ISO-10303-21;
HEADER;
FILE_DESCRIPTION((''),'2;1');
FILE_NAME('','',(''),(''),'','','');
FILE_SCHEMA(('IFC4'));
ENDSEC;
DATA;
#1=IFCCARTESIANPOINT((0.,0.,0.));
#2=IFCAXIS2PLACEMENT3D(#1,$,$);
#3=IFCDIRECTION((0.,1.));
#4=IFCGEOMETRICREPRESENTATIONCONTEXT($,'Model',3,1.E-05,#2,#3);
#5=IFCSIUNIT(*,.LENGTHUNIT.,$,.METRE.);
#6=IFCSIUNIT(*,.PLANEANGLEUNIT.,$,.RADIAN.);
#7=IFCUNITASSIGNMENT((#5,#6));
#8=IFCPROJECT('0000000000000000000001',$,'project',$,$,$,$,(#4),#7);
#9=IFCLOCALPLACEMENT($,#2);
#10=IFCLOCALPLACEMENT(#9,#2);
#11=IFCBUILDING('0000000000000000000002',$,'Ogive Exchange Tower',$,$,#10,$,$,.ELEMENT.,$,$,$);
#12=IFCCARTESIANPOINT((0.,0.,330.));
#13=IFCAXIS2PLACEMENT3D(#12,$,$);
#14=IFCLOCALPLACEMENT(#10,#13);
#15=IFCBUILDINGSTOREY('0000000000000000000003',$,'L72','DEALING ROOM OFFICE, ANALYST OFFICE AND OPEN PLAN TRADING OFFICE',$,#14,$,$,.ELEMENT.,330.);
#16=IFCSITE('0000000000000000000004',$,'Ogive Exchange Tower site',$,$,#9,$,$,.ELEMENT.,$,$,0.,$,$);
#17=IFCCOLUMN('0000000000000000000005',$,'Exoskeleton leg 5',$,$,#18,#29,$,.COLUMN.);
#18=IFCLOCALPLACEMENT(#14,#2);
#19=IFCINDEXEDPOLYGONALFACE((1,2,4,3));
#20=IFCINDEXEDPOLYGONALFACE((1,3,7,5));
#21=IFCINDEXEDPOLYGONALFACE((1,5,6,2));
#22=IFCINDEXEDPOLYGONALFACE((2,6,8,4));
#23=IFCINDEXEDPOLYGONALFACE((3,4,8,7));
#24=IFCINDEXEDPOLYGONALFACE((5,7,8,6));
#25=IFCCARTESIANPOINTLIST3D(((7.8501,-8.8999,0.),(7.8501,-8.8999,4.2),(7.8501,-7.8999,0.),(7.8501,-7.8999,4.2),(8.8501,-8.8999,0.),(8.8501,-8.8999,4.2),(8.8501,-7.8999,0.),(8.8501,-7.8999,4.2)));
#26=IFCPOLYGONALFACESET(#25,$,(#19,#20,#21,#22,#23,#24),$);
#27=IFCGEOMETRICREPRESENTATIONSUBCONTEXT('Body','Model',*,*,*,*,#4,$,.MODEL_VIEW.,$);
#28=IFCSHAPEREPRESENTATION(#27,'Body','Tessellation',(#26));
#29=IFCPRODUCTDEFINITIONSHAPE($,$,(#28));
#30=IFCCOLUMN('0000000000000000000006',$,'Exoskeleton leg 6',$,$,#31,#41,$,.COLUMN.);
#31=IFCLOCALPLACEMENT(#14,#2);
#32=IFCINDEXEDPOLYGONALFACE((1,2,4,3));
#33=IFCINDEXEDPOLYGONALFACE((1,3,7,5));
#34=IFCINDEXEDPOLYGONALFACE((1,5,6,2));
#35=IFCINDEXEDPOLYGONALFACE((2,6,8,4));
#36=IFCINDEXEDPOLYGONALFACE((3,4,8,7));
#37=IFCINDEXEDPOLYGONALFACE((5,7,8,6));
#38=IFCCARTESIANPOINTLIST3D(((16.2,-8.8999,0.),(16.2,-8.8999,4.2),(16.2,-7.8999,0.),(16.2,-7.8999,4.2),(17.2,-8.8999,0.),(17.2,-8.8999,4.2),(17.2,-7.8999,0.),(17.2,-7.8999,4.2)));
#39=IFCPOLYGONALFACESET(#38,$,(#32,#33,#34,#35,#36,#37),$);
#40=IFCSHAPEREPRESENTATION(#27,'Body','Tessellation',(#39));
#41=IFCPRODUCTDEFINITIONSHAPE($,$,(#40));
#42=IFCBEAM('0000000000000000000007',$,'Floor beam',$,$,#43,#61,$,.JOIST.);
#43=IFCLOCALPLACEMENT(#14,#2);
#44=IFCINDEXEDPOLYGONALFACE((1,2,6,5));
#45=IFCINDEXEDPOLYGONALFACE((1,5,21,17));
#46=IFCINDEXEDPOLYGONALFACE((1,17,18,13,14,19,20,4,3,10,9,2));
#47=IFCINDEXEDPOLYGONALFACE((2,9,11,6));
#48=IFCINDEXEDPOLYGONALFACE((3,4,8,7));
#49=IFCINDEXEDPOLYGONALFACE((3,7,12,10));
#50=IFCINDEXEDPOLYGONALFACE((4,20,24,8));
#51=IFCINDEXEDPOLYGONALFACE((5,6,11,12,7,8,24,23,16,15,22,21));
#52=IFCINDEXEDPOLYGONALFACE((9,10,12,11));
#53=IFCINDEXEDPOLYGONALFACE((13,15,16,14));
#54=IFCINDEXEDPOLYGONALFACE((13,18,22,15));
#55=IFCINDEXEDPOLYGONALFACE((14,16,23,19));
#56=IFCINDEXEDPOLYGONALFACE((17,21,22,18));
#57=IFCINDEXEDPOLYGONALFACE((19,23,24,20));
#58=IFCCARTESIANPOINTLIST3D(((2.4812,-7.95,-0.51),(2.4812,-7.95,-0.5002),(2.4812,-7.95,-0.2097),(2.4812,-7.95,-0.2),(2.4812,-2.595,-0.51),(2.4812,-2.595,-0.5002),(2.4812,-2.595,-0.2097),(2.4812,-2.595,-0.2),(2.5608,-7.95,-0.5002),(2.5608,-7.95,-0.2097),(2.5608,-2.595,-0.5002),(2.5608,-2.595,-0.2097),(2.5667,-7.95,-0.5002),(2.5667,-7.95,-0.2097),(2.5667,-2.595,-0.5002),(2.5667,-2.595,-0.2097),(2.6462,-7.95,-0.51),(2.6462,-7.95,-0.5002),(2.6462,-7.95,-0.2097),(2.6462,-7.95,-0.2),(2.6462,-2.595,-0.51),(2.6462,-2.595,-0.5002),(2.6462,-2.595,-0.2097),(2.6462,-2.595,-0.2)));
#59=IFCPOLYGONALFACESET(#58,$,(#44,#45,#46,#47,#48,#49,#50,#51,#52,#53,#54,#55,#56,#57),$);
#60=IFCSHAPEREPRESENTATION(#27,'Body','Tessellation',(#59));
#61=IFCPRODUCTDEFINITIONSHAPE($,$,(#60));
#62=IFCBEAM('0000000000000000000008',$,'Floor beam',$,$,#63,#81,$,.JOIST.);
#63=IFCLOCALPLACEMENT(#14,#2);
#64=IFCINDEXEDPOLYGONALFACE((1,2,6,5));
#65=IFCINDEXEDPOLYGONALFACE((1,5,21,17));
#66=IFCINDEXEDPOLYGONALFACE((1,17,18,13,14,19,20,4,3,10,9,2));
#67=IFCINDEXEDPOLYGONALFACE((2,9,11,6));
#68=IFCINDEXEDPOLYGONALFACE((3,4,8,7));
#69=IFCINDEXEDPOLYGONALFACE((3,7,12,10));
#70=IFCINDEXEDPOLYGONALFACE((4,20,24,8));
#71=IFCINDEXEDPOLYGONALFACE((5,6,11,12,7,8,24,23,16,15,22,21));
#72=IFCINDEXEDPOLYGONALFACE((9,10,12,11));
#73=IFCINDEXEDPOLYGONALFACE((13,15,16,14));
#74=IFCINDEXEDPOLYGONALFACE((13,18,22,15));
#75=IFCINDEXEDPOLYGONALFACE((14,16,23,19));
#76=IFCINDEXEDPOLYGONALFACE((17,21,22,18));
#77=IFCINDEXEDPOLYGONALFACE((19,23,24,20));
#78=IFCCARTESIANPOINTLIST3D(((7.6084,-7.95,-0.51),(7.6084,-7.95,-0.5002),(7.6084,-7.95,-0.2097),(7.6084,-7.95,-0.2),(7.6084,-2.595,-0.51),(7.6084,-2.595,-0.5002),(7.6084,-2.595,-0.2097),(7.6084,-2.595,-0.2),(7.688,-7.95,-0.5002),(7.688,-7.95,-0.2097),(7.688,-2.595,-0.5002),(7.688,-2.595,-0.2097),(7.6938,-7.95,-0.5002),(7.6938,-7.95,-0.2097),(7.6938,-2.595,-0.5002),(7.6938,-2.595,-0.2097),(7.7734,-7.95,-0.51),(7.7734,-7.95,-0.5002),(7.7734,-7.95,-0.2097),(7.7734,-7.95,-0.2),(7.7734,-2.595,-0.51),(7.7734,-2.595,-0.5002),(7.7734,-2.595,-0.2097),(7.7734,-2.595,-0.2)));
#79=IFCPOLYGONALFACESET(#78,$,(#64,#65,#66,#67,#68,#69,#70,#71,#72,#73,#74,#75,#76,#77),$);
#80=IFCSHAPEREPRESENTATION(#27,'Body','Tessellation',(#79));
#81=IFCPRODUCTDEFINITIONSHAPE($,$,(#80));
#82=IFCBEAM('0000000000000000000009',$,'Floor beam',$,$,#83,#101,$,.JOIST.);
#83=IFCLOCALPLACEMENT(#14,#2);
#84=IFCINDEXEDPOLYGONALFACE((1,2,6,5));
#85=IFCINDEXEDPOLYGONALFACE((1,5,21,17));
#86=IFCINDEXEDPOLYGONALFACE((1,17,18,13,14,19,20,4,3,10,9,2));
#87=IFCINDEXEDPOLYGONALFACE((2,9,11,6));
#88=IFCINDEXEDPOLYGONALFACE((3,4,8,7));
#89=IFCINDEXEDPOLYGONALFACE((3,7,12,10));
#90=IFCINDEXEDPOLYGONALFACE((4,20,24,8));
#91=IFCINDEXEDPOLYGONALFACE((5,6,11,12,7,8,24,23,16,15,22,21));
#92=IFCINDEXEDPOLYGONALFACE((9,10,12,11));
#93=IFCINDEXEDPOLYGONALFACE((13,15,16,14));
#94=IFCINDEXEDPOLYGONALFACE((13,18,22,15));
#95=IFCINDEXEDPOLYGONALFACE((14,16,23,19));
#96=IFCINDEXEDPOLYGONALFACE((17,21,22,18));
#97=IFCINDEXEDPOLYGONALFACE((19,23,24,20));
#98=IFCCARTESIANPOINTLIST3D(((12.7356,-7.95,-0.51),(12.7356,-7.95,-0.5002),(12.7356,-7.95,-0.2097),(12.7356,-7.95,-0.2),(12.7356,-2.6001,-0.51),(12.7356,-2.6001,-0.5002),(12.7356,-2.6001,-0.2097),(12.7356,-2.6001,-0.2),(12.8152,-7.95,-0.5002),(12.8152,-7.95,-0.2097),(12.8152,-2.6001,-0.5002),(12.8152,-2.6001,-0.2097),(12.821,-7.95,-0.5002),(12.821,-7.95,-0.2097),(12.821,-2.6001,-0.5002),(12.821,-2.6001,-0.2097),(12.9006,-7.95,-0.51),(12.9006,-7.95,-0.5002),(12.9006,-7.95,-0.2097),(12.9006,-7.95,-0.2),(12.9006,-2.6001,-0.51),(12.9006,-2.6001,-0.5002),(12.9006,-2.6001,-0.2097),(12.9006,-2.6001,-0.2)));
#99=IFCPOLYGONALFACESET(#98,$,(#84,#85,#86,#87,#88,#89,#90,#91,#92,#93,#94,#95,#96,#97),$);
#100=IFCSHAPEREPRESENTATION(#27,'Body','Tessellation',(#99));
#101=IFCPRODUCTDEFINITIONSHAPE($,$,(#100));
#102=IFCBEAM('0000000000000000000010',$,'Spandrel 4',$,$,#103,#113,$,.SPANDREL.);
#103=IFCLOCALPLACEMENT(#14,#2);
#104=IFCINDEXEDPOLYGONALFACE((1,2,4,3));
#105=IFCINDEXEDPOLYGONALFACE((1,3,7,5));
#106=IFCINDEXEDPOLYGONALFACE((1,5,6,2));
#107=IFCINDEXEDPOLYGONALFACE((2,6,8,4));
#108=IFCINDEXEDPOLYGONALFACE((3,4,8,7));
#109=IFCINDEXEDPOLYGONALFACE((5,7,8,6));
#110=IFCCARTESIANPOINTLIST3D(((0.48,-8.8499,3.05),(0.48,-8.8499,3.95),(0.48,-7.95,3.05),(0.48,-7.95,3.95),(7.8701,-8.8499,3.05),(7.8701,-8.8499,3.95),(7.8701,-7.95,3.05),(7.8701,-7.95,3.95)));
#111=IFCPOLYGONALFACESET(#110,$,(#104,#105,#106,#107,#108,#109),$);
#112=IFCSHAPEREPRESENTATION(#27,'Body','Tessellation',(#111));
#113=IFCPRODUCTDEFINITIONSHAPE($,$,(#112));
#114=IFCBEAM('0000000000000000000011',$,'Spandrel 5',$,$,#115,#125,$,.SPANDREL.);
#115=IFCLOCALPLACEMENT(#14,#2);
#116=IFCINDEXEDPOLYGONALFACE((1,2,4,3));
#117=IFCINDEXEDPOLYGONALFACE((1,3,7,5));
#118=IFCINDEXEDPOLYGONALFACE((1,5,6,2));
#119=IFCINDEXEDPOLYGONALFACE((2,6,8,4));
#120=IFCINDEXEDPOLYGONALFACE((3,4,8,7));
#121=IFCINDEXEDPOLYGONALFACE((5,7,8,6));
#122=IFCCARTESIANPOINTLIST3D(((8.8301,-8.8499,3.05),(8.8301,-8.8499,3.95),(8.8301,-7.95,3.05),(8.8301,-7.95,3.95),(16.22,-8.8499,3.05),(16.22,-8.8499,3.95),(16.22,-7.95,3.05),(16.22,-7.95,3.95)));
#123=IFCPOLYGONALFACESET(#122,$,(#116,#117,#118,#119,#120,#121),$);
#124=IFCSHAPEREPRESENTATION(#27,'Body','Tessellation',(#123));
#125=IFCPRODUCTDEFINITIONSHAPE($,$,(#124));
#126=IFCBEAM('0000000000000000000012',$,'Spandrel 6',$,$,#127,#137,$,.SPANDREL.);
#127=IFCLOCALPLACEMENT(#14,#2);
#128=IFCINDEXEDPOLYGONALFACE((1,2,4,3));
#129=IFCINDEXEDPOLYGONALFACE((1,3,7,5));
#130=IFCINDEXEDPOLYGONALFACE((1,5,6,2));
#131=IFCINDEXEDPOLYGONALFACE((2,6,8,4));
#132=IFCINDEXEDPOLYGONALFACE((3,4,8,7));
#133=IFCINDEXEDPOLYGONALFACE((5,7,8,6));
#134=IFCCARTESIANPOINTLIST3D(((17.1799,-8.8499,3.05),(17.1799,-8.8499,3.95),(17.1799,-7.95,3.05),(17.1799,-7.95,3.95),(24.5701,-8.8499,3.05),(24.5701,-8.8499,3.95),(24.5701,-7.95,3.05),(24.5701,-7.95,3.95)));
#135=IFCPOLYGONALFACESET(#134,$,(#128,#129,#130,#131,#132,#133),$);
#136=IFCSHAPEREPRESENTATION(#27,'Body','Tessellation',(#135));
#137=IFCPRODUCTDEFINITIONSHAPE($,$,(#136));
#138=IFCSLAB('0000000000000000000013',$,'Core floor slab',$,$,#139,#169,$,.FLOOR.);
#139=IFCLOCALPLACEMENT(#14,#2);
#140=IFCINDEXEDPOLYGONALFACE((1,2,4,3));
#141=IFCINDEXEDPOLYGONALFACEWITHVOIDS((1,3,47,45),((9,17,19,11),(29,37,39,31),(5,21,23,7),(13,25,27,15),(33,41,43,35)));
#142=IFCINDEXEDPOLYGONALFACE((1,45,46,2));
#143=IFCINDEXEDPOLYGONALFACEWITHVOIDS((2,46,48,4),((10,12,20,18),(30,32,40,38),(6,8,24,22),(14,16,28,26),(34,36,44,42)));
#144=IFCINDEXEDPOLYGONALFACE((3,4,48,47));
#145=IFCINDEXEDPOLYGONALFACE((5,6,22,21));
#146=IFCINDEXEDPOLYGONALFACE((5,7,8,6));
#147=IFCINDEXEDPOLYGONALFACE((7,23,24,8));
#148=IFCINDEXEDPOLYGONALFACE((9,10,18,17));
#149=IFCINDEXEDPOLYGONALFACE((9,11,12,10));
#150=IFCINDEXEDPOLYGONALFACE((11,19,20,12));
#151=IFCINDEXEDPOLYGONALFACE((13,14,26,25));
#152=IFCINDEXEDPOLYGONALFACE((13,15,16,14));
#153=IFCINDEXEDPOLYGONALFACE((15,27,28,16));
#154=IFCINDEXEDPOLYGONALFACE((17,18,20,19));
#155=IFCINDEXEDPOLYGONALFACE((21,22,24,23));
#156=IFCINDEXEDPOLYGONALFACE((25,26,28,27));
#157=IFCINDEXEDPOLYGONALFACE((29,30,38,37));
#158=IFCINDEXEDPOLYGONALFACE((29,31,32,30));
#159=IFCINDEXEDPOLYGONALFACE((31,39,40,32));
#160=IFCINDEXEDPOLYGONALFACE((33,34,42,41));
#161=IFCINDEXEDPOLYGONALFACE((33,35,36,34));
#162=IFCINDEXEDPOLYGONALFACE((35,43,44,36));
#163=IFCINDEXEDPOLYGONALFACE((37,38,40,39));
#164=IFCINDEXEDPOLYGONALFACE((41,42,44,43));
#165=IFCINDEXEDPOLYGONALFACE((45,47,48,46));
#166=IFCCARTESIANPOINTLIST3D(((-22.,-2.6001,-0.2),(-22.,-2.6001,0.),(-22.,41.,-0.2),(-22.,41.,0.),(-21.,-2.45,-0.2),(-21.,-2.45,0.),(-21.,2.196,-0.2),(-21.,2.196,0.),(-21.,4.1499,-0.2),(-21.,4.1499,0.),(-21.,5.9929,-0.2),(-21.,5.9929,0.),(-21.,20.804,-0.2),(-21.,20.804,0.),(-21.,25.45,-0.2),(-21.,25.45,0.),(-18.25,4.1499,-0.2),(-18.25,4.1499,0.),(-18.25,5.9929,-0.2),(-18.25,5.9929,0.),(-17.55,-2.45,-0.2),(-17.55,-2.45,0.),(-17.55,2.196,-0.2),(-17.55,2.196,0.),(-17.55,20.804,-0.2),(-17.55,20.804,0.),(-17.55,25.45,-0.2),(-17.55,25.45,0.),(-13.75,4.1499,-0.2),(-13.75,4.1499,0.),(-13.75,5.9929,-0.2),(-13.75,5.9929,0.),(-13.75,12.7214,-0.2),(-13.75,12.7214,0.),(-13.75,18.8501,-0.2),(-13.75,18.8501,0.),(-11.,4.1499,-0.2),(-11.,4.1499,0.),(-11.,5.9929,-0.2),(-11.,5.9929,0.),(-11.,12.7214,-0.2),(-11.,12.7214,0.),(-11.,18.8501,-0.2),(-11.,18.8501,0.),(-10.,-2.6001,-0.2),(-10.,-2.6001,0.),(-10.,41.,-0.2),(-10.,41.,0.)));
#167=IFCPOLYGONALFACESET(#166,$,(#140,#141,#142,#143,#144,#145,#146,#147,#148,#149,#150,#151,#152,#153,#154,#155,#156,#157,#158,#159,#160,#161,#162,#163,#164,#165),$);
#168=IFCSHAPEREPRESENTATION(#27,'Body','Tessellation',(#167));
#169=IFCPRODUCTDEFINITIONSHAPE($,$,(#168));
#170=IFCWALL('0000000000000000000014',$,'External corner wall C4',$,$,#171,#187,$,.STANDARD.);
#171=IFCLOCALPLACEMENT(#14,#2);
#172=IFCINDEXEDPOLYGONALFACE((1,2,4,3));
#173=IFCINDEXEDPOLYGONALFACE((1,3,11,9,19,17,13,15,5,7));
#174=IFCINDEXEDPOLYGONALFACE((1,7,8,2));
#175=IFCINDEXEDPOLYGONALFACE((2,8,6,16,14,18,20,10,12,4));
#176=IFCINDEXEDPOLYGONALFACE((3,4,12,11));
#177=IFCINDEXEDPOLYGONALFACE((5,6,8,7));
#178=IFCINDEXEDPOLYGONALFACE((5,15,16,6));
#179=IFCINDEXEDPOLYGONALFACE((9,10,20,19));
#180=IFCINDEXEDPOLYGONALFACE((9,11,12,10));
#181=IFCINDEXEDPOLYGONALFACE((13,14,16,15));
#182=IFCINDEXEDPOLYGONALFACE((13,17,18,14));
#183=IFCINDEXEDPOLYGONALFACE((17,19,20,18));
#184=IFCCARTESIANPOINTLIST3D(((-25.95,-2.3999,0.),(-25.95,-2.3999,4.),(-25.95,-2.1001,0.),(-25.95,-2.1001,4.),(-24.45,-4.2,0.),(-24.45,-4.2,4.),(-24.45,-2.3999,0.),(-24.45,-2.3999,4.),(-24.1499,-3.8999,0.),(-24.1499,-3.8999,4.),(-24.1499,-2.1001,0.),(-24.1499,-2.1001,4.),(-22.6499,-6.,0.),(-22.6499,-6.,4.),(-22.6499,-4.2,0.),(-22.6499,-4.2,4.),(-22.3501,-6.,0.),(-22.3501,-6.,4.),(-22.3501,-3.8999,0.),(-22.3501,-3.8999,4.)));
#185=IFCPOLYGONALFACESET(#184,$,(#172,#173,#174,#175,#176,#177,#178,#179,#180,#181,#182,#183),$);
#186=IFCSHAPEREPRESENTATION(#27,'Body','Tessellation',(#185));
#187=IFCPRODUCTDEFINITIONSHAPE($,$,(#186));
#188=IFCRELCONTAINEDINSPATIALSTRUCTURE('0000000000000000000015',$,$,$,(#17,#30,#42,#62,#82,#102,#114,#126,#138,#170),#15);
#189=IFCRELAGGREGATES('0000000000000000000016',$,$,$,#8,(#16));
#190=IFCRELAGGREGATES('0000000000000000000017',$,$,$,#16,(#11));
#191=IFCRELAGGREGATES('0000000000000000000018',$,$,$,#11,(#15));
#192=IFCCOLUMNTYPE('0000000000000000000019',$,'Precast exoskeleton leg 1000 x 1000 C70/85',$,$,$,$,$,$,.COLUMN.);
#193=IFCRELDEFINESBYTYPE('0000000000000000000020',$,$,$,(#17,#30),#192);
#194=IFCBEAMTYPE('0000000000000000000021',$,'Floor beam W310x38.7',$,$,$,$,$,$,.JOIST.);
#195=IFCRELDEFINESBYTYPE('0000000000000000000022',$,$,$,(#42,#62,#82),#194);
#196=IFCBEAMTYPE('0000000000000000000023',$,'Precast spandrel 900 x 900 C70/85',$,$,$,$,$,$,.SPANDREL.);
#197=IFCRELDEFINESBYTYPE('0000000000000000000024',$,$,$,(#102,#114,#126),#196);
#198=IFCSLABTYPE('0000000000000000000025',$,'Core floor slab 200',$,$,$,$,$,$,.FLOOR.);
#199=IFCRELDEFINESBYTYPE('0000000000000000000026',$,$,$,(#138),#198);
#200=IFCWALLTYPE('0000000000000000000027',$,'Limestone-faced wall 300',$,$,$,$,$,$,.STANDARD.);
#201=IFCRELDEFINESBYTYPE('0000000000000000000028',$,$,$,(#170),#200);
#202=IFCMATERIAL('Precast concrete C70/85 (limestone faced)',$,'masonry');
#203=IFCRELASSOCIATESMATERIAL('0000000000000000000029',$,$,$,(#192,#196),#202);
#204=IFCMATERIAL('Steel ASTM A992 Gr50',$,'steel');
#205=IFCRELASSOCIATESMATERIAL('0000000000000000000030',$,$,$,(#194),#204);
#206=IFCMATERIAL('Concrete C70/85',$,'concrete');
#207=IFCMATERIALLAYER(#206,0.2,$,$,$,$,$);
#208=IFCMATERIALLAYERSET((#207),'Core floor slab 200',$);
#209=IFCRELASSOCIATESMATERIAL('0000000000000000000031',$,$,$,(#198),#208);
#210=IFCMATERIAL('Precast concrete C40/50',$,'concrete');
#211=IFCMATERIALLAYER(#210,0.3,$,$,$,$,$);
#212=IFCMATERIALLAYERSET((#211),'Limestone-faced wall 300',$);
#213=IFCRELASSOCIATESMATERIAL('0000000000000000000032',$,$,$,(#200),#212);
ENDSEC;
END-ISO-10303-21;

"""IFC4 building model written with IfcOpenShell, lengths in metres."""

from ifc_helpers import new_model, si_unit, direction, frame, origin, origin_2d, place, context, subcontext, project, spatial, polyline, rectangle, i_section, outline, extrude, material, layer, layer_set, material_profile, profile_set, type_object, element, save


model = new_model("IFC4")

# Units and contexts
model_context = context("Model", 3, precision=1e-05, world=origin(), true_north=direction((0.0, 1.0)))
body_context = subcontext(model_context, "Body", "Model", "MODEL_VIEW")
ifc_project = project(units=[si_unit("LENGTHUNIT", "METRE"), si_unit("PLANEANGLEUNIT", "RADIAN")], contexts=[model_context])

# Site, building, storey
site_placement = place(None, origin())
site = spatial("IfcSite", under=ifc_project, at=site_placement, Name="Ogive Exchange Tower site", CompositionType="ELEMENT", RefElevation=0.0)
building_placement = place(site_placement, origin())
building = spatial("IfcBuilding", under=site, at=building_placement, Name="Ogive Exchange Tower", CompositionType="ELEMENT")
storey_placement = place(building_placement, frame((0.0, 0.0, 330.0)))
storey = spatial("IfcBuildingStorey", under=building, at=storey_placement, Name="L72", Description="DEALING ROOM OFFICE, ANALYST OFFICE AND OPEN PLAN TRADING OFFICE", CompositionType="ELEMENT", Elevation=330.0)

# Columns
ifc_material_1 = material(Name="Precast concrete C70/85 (limestone faced)", Category="masonry")
ifc_material_profile_1 = material_profile(ifc_material_1, rectangle(XDim=1.0, YDim=1.0, at=origin_2d()), Name="1000 x 1000")
ifc_profile_set_1 = profile_set([ifc_material_profile_1], Name="Precast concrete C70/85 (limestone faced)")
column_type = type_object("IfcColumnType", Name="Precast exoskeleton leg 1000 x 1000 C70/85", PredefinedType="COLUMN", material=ifc_profile_set_1)
for number, where, z_axis, x_axis, name in (
    (1, (8.3501, -8.3999, 0.0), (0.0, 0.0, 1.0), (1.0, 0.0, 0.0), "Exoskeleton leg 5"),
    (2, (16.7, -8.3999, 0.0), (0.0, 0.0, 1.0), (1.0, 0.0, 0.0), "Exoskeleton leg 6"),
):
    element("IfcColumn", number, at=place(storey_placement, frame(where, z_axis=z_axis, x_axis=x_axis)), inside=storey, type_object=column_type, Name=name, PredefinedType="COLUMN", context=body_context, shape_type="SweptSolid", body=[
        extrude(rectangle(XDim=1.0, YDim=1.0, at=origin_2d()), origin(), (0.0, 0.0, 1.0), 4.2),
    ])

# Beams
ifc_material_2 = material(Name="Steel ASTM A992 Gr50", Category="steel")
ifc_material_profile_2 = material_profile(ifc_material_2, i_section(OverallWidth=0.165, OverallDepth=0.3101, WebThickness=0.0059, FlangeThickness=0.0098, at=origin_2d()), Name="W310x38.7")
ifc_profile_set_2 = profile_set([ifc_material_profile_2], Name="Steel ASTM A992 Gr50")
beam_type_1 = type_object("IfcBeamType", Name="Floor beam W310x38.7", PredefinedType="JOIST", material=ifc_profile_set_2)
for number, where, z_axis, x_axis, name in (
    (3, (2.5637, -7.95, -0.355), (0.0, 1.0, 0.0), (-1.0, 0.0, 0.0), "Floor beam"),
    (4, (7.6909, -7.95, -0.355), (0.0, 1.0, 0.0), (-1.0, 0.0, 0.0), "Floor beam"),
):
    element("IfcBeam", number, at=place(storey_placement, frame(where, z_axis=z_axis, x_axis=x_axis)), inside=storey, type_object=beam_type_1, Name=name, PredefinedType="JOIST", context=body_context, shape_type="SweptSolid", body=[
        extrude(i_section(OverallWidth=0.165, OverallDepth=0.3101, WebThickness=0.0059, FlangeThickness=0.0098, at=origin_2d()), origin(), (0.0, 0.0, 1.0), 5.355),
    ])
beam_1_placement = place(storey_placement, frame((12.8181, -7.95, -0.355), z_axis=(0.0, 1.0, 0.0), x_axis=(-1.0, 0.0, 0.0)))
element("IfcBeam", 5, at=beam_1_placement, inside=storey, type_object=beam_type_1, Name="Floor beam", PredefinedType="JOIST", context=body_context, shape_type="SweptSolid", body=[
    extrude(i_section(OverallWidth=0.165, OverallDepth=0.3101, WebThickness=0.0059, FlangeThickness=0.0098, at=origin_2d()), origin(), (0.0, 0.0, 1.0), 5.3499),
])
ifc_material_profile_3 = material_profile(ifc_material_1, rectangle(XDim=0.8999, YDim=0.8999, at=origin_2d()), Name="900 x 900")
ifc_profile_set_3 = profile_set([ifc_material_profile_3], Name="Precast concrete C70/85 (limestone faced)")
beam_type_2 = type_object("IfcBeamType", Name="Precast spandrel 900 x 900 C70/85", PredefinedType="SPANDREL", material=ifc_profile_set_3)
beam_2_placement = place(storey_placement, frame((0.48, -8.3999, 3.5), z_axis=(1.0, 0.0, 0.0), x_axis=(0.0, 1.0, 0.0)))
element("IfcBeam", 6, at=beam_2_placement, inside=storey, type_object=beam_type_2, Name="Spandrel 4", PredefinedType="SPANDREL", context=body_context, shape_type="SweptSolid", body=[
    extrude(rectangle(XDim=0.8999, YDim=0.8999, at=origin_2d()), origin(), (0.0, 0.0, 1.0), 7.3901),
])
beam_3_placement = place(storey_placement, frame((8.8301, -8.3999, 3.5), z_axis=(1.0, 0.0, 0.0), x_axis=(0.0, 1.0, 0.0)))
element("IfcBeam", 7, at=beam_3_placement, inside=storey, type_object=beam_type_2, Name="Spandrel 5", PredefinedType="SPANDREL", context=body_context, shape_type="SweptSolid", body=[
    extrude(rectangle(XDim=0.8999, YDim=0.8999, at=origin_2d()), origin(), (0.0, 0.0, 1.0), 7.3899),
])
beam_4_placement = place(storey_placement, frame((17.1799, -8.3999, 3.5), z_axis=(1.0, 0.0, 0.0), x_axis=(0.0, 1.0, 0.0)))
element("IfcBeam", 8, at=beam_4_placement, inside=storey, type_object=beam_type_2, Name="Spandrel 6", PredefinedType="SPANDREL", context=body_context, shape_type="SweptSolid", body=[
    extrude(rectangle(XDim=0.8999, YDim=0.8999, at=origin_2d()), origin(), (0.0, 0.0, 1.0), 7.3901),
])

# Slab
ifc_material_3 = material(Name="Concrete C70/85", Category="concrete")
ifc_layer_1 = layer(ifc_material_3, 0.2)
ifc_layer_set_1 = layer_set([ifc_layer_1], Name="Core floor slab 200")
slab_type = type_object("IfcSlabType", Name="Core floor slab 200", PredefinedType="FLOOR", material=ifc_layer_set_1)
slab_placement = place(storey_placement, frame((0.0, 0.0, -0.2)))
element("IfcSlab", 9, at=slab_placement, inside=storey, type_object=slab_type, Name="Core floor slab", PredefinedType="FLOOR", context=body_context, shape_type="SweptSolid", body=[
    extrude(outline(polyline([(-22.0, -2.6001), (-22.0, 41.0), (-10.0, 41.0), (-10.0, -2.6001), (-22.0, -2.6001)]), holes=[polyline([(-17.55, 2.196), (-21.0, 2.196), (-21.0, -2.45), (-17.55, -2.45), (-17.55, 2.196)]), polyline([(-21.0, 5.9929), (-21.0, 4.1499), (-18.25, 4.1499), (-18.25, 5.9929), (-21.0, 5.9929)]), polyline([(-13.75, 5.9929), (-13.75, 4.1499), (-11.0, 4.1499), (-11.0, 5.9929), (-13.75, 5.9929)]), polyline([(-11.0, 18.8501), (-13.75, 18.8501), (-13.75, 12.7214), (-11.0, 12.7214), (-11.0, 18.8501)]), polyline([(-21.0, 25.45), (-21.0, 20.804), (-17.55, 20.804), (-17.55, 25.45), (-21.0, 25.45)])]), origin(), (0.0, 0.0, 1.0), 0.2),
])

# Wall
ifc_material_4 = material(Name="Precast concrete C40/50", Category="concrete")
ifc_layer_2 = layer(ifc_material_4, 0.3)
ifc_layer_set_2 = layer_set([ifc_layer_2], Name="Limestone-faced wall 300")
wall_type_1 = type_object("IfcWallType", Name="Limestone-faced wall 300", PredefinedType="STANDARD", material=ifc_layer_set_2)
wall_1_placement = place(storey_placement, origin())
element("IfcWall", 10, at=wall_1_placement, inside=storey, type_object=wall_type_1, Name="External corner wall C4", PredefinedType="STANDARD", context=body_context, shape_type="SweptSolid", body=[
    extrude(outline(polyline([(-22.6499, -4.2), (-24.45, -4.2), (-24.45, -2.3999), (-25.95, -2.3999), (-25.95, -2.1001), (-24.1499, -2.1001), (-24.1499, -3.8999), (-22.3501, -3.8999), (-22.3501, -6.0), (-22.6499, -6.0), (-22.6499, -4.2)])), origin(), (0.0, 0.0, 1.0), 4.0),
])

save(model, "model.ifc")
